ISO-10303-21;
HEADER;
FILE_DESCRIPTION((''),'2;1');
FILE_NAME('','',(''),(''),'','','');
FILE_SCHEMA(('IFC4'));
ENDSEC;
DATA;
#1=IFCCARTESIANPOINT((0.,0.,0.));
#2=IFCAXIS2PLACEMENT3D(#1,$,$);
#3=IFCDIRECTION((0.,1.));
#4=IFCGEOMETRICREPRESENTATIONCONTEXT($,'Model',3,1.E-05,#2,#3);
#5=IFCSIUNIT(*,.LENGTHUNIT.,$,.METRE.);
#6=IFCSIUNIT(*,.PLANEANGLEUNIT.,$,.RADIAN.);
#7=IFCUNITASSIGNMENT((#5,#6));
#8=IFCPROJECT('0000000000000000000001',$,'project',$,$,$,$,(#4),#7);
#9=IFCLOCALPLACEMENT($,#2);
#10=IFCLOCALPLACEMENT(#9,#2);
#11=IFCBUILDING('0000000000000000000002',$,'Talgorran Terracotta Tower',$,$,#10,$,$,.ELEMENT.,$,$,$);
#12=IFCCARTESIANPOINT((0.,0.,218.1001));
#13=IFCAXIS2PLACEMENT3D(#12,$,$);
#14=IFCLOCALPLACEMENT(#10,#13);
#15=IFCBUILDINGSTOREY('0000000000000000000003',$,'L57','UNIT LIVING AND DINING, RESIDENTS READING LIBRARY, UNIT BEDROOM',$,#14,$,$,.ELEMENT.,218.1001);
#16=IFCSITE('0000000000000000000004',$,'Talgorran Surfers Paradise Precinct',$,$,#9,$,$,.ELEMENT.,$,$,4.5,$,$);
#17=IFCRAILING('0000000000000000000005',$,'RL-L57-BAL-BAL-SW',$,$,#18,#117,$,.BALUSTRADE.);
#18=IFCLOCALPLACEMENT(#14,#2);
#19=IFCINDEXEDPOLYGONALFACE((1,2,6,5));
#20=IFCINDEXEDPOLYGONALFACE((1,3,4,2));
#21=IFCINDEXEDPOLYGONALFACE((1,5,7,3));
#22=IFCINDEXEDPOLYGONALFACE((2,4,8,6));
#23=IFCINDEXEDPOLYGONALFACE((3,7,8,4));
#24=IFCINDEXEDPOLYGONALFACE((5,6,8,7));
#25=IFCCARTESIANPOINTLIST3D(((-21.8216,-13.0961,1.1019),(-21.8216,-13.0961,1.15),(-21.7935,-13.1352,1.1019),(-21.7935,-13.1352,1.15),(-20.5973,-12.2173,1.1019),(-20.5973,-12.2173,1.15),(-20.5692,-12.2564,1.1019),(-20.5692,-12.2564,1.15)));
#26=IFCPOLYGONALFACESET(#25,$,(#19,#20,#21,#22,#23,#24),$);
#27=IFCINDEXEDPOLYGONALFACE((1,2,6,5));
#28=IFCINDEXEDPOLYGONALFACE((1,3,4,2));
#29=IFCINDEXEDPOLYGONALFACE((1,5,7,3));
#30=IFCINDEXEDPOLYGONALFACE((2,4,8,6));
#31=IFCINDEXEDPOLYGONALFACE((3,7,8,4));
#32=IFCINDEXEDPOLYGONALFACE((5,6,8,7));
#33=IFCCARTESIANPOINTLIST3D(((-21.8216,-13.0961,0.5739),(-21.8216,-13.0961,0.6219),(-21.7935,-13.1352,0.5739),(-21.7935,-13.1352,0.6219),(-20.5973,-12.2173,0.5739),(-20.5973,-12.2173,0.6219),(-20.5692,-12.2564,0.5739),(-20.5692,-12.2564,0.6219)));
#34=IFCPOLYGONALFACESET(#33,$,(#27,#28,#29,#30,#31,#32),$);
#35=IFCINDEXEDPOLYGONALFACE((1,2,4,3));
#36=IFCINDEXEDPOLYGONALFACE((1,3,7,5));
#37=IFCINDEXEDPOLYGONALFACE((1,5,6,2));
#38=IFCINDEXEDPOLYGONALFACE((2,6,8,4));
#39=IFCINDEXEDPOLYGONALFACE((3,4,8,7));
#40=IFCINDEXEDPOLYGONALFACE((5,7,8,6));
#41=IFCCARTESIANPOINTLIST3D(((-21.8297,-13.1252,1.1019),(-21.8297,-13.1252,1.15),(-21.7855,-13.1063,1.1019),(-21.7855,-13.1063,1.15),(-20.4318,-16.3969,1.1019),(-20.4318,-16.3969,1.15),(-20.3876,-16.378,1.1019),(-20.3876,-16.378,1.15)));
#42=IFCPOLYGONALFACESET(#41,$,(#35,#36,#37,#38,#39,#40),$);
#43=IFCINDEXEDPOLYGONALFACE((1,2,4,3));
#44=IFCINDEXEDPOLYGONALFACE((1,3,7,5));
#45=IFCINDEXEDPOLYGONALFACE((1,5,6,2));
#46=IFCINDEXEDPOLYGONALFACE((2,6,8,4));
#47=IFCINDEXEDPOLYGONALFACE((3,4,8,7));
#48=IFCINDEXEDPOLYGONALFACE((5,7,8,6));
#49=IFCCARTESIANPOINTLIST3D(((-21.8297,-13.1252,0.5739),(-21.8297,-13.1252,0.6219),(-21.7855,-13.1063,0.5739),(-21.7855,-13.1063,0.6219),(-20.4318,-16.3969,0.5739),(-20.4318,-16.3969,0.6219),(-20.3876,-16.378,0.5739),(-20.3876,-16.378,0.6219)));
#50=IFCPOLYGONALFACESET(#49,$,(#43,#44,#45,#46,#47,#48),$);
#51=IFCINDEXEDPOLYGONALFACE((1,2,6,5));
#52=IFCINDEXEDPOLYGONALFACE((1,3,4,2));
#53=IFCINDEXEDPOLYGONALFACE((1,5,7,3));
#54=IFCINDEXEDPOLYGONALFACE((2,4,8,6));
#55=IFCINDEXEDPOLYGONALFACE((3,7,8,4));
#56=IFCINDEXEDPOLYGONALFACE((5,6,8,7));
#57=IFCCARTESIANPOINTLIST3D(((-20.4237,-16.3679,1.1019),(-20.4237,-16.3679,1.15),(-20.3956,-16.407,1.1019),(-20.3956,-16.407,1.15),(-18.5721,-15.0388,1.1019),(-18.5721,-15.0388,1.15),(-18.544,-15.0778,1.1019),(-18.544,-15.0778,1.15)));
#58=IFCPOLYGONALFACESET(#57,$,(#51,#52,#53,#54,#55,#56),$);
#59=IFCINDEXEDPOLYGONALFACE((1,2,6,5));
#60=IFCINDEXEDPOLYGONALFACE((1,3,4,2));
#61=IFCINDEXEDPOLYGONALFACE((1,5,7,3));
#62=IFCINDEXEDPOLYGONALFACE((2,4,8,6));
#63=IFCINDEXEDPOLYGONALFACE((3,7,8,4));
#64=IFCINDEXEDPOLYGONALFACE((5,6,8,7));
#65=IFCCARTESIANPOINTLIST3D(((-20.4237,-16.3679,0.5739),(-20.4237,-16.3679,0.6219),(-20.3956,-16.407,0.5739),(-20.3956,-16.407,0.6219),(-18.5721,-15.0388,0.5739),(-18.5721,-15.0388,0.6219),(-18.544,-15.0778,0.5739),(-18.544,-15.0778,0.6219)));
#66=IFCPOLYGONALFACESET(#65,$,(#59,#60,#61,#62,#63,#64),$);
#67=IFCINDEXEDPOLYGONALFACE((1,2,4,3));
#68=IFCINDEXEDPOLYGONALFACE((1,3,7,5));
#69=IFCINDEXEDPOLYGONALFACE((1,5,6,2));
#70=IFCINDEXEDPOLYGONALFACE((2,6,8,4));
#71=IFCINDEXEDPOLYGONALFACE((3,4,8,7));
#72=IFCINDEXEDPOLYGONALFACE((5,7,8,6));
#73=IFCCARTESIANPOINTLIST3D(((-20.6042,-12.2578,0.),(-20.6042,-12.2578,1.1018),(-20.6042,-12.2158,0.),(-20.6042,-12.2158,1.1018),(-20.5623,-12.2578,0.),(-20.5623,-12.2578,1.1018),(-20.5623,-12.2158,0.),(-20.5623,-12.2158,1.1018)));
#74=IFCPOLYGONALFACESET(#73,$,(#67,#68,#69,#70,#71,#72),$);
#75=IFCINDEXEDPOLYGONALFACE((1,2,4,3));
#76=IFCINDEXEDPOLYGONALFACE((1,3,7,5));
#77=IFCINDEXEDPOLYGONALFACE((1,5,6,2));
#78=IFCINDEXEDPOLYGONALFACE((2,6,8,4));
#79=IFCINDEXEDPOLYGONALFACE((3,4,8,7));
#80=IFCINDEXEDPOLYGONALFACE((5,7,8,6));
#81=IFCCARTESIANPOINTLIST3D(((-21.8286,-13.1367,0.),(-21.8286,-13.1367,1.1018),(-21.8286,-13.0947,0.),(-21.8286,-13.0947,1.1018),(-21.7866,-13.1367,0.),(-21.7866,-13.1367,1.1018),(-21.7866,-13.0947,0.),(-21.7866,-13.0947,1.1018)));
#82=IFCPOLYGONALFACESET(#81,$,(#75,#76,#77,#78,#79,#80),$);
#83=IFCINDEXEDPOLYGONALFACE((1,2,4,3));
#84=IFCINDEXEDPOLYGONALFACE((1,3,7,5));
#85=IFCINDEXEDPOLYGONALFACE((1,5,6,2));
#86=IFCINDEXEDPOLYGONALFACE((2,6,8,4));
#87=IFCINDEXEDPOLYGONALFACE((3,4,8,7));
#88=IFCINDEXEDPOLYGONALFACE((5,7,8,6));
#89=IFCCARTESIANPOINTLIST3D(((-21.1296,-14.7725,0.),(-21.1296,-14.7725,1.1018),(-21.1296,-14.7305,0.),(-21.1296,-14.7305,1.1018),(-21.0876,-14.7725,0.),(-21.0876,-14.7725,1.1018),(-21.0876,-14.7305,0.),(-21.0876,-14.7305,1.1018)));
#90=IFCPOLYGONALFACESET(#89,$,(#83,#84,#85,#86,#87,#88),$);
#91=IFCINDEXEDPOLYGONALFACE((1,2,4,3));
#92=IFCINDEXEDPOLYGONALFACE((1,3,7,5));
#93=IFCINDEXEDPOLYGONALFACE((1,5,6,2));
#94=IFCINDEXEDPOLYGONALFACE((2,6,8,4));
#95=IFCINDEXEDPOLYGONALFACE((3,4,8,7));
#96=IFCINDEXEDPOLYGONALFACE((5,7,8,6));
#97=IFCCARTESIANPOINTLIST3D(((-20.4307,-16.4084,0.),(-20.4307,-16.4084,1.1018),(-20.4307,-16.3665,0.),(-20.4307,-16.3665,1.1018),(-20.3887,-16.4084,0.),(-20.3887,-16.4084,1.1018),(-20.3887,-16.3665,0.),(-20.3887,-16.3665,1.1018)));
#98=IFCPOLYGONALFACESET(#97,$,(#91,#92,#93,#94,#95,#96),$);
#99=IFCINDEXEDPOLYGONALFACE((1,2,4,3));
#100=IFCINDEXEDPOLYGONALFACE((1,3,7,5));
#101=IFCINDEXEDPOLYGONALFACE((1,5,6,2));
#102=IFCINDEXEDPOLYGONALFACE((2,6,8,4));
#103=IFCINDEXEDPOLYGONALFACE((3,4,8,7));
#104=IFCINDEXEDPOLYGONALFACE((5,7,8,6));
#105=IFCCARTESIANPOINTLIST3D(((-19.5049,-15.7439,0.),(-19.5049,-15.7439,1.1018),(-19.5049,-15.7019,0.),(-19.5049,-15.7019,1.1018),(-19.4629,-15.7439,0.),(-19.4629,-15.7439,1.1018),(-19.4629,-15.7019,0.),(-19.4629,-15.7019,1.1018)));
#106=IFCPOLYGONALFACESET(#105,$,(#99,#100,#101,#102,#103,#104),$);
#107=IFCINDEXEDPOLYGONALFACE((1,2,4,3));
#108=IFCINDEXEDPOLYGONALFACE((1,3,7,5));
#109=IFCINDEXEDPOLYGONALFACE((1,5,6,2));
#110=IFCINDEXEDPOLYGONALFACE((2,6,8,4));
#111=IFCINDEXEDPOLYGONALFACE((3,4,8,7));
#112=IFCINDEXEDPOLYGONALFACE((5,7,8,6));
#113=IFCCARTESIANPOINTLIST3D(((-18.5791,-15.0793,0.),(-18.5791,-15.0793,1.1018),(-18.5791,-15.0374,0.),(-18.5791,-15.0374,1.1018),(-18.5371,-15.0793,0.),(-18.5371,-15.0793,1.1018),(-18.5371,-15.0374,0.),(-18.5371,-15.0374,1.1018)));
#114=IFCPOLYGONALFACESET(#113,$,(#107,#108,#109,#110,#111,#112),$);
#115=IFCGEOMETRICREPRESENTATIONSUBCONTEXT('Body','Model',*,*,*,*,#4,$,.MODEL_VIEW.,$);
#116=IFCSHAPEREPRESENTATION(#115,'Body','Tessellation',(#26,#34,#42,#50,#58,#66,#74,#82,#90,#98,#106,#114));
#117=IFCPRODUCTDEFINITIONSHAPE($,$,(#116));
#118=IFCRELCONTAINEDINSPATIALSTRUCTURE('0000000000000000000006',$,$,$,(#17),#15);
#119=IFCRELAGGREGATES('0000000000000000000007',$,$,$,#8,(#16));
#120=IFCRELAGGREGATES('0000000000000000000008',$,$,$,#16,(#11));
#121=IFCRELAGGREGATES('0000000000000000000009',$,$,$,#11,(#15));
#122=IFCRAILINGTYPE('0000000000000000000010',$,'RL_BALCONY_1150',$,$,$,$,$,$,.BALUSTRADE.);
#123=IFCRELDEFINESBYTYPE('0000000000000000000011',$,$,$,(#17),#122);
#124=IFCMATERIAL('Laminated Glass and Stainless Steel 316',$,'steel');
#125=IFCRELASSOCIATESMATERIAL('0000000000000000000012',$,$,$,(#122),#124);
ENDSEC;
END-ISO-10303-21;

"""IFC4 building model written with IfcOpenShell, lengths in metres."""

from ifc_helpers import new_model, si_unit, direction, frame, origin, origin_2d, place, context, subcontext, project, spatial, rectangle, extrude, material, type_object, element, save


model = new_model("IFC4")

# Units and contexts
model_context = context("Model", 3, precision=1e-05, world=origin(), true_north=direction((0.0, 1.0)))
body_context = subcontext(model_context, "Body", "Model", "MODEL_VIEW")
ifc_project = project(units=[si_unit("LENGTHUNIT", "METRE"), si_unit("PLANEANGLEUNIT", "RADIAN")], contexts=[model_context])

# Site, building, storey
site_placement = place(None, origin())
site = spatial("IfcSite", under=ifc_project, at=site_placement, Name="Talgorran Surfers Paradise Precinct", CompositionType="ELEMENT", RefElevation=4.5)
building_placement = place(site_placement, origin())
building = spatial("IfcBuilding", under=site, at=building_placement, Name="Talgorran Terracotta Tower", CompositionType="ELEMENT")
storey_placement = place(building_placement, frame((0.0, 0.0, 218.1001)))
storey = spatial("IfcBuildingStorey", under=building, at=storey_placement, Name="L57", Description="UNIT LIVING AND DINING, RESIDENTS READING LIBRARY, UNIT BEDROOM", CompositionType="ELEMENT", Elevation=218.1001)

# Railing
ifc_material_1 = material(Name="Laminated Glass and Stainless Steel 316", Category="steel")
railing_type = type_object("IfcRailingType", Name="RL_BALCONY_1150", PredefinedType="BALUSTRADE", material=ifc_material_1)
railing_placement = place(storey_placement, frame((-20.5833, -12.2368, 0.0)))
element("IfcRailing", 1, at=railing_placement, inside=storey, type_object=railing_type, Name="RL-L57-BAL-BAL-SW", PredefinedType="BALUSTRADE", context=body_context, shape_type="SweptSolid", body=[
    extrude(rectangle(XDim=0.0481, YDim=0.0481, at=origin_2d()), frame((0.0, 0.0, 1.126), z_axis=(-0.812363, -0.583152, 0.0), x_axis=(0.583152, -0.812363, 0.0)), (0.0, 0.0, 1.0), 1.5071),
    extrude(rectangle(XDim=0.0481, YDim=0.0481, at=origin_2d()), frame((0.0, 0.0, 0.5979), z_axis=(-0.812363, -0.583152, 0.0), x_axis=(0.583152, -0.812363, 0.0)), (0.0, 0.0, 1.0), 1.5071),
    extrude(rectangle(XDim=0.0481, YDim=0.0481, at=origin_2d()), frame((-1.2244, -0.8789, 1.126), z_axis=(0.392917, -0.919574, 0.0), x_axis=(0.919574, 0.392917, 0.0)), (0.0, 0.0, 1.0), 3.5579),
    extrude(rectangle(XDim=0.0481, YDim=0.0481, at=origin_2d()), frame((-1.2244, -0.8789, 0.5979), z_axis=(0.392917, -0.919574, 0.0), x_axis=(0.919574, 0.392917, 0.0)), (0.0, 0.0, 1.0), 3.5579),
    extrude(rectangle(XDim=0.0481, YDim=0.0481, at=origin_2d()), frame((0.1736, -4.1506, 1.126), z_axis=(0.812371, 0.583142, 0.0), x_axis=(-0.583142, 0.812371, 0.0)), (0.0, 0.0, 1.0), 2.2793),
    extrude(rectangle(XDim=0.0481, YDim=0.0481, at=origin_2d()), frame((0.1736, -4.1506, 0.5979), z_axis=(0.812371, 0.583142, 0.0), x_axis=(-0.583142, 0.812371, 0.0)), (0.0, 0.0, 1.0), 2.2793),
    extrude(rectangle(XDim=0.042, YDim=0.042, at=origin_2d()), origin(), (0.0, 0.0, 1.0), 1.1018),
    extrude(rectangle(XDim=0.042, YDim=0.042, at=origin_2d()), frame((-1.2244, -0.8789, 0.0)), (0.0, 0.0, 1.0), 1.1018),
    extrude(rectangle(XDim=0.042, YDim=0.042, at=origin_2d()), frame((-0.5254, -2.5146, 0.0)), (0.0, 0.0, 1.0), 1.1018),
    extrude(rectangle(XDim=0.042, YDim=0.042, at=origin_2d()), frame((0.1736, -4.1506, 0.0)), (0.0, 0.0, 1.0), 1.1018),
    extrude(rectangle(XDim=0.042, YDim=0.042, at=origin_2d()), frame((1.0994, -3.4861, 0.0)), (0.0, 0.0, 1.0), 1.1018),
    extrude(rectangle(XDim=0.042, YDim=0.042, at=origin_2d()), frame((2.0251, -2.8215, 0.0)), (0.0, 0.0, 1.0), 1.1018),
])

save(model, "model.ifc")
